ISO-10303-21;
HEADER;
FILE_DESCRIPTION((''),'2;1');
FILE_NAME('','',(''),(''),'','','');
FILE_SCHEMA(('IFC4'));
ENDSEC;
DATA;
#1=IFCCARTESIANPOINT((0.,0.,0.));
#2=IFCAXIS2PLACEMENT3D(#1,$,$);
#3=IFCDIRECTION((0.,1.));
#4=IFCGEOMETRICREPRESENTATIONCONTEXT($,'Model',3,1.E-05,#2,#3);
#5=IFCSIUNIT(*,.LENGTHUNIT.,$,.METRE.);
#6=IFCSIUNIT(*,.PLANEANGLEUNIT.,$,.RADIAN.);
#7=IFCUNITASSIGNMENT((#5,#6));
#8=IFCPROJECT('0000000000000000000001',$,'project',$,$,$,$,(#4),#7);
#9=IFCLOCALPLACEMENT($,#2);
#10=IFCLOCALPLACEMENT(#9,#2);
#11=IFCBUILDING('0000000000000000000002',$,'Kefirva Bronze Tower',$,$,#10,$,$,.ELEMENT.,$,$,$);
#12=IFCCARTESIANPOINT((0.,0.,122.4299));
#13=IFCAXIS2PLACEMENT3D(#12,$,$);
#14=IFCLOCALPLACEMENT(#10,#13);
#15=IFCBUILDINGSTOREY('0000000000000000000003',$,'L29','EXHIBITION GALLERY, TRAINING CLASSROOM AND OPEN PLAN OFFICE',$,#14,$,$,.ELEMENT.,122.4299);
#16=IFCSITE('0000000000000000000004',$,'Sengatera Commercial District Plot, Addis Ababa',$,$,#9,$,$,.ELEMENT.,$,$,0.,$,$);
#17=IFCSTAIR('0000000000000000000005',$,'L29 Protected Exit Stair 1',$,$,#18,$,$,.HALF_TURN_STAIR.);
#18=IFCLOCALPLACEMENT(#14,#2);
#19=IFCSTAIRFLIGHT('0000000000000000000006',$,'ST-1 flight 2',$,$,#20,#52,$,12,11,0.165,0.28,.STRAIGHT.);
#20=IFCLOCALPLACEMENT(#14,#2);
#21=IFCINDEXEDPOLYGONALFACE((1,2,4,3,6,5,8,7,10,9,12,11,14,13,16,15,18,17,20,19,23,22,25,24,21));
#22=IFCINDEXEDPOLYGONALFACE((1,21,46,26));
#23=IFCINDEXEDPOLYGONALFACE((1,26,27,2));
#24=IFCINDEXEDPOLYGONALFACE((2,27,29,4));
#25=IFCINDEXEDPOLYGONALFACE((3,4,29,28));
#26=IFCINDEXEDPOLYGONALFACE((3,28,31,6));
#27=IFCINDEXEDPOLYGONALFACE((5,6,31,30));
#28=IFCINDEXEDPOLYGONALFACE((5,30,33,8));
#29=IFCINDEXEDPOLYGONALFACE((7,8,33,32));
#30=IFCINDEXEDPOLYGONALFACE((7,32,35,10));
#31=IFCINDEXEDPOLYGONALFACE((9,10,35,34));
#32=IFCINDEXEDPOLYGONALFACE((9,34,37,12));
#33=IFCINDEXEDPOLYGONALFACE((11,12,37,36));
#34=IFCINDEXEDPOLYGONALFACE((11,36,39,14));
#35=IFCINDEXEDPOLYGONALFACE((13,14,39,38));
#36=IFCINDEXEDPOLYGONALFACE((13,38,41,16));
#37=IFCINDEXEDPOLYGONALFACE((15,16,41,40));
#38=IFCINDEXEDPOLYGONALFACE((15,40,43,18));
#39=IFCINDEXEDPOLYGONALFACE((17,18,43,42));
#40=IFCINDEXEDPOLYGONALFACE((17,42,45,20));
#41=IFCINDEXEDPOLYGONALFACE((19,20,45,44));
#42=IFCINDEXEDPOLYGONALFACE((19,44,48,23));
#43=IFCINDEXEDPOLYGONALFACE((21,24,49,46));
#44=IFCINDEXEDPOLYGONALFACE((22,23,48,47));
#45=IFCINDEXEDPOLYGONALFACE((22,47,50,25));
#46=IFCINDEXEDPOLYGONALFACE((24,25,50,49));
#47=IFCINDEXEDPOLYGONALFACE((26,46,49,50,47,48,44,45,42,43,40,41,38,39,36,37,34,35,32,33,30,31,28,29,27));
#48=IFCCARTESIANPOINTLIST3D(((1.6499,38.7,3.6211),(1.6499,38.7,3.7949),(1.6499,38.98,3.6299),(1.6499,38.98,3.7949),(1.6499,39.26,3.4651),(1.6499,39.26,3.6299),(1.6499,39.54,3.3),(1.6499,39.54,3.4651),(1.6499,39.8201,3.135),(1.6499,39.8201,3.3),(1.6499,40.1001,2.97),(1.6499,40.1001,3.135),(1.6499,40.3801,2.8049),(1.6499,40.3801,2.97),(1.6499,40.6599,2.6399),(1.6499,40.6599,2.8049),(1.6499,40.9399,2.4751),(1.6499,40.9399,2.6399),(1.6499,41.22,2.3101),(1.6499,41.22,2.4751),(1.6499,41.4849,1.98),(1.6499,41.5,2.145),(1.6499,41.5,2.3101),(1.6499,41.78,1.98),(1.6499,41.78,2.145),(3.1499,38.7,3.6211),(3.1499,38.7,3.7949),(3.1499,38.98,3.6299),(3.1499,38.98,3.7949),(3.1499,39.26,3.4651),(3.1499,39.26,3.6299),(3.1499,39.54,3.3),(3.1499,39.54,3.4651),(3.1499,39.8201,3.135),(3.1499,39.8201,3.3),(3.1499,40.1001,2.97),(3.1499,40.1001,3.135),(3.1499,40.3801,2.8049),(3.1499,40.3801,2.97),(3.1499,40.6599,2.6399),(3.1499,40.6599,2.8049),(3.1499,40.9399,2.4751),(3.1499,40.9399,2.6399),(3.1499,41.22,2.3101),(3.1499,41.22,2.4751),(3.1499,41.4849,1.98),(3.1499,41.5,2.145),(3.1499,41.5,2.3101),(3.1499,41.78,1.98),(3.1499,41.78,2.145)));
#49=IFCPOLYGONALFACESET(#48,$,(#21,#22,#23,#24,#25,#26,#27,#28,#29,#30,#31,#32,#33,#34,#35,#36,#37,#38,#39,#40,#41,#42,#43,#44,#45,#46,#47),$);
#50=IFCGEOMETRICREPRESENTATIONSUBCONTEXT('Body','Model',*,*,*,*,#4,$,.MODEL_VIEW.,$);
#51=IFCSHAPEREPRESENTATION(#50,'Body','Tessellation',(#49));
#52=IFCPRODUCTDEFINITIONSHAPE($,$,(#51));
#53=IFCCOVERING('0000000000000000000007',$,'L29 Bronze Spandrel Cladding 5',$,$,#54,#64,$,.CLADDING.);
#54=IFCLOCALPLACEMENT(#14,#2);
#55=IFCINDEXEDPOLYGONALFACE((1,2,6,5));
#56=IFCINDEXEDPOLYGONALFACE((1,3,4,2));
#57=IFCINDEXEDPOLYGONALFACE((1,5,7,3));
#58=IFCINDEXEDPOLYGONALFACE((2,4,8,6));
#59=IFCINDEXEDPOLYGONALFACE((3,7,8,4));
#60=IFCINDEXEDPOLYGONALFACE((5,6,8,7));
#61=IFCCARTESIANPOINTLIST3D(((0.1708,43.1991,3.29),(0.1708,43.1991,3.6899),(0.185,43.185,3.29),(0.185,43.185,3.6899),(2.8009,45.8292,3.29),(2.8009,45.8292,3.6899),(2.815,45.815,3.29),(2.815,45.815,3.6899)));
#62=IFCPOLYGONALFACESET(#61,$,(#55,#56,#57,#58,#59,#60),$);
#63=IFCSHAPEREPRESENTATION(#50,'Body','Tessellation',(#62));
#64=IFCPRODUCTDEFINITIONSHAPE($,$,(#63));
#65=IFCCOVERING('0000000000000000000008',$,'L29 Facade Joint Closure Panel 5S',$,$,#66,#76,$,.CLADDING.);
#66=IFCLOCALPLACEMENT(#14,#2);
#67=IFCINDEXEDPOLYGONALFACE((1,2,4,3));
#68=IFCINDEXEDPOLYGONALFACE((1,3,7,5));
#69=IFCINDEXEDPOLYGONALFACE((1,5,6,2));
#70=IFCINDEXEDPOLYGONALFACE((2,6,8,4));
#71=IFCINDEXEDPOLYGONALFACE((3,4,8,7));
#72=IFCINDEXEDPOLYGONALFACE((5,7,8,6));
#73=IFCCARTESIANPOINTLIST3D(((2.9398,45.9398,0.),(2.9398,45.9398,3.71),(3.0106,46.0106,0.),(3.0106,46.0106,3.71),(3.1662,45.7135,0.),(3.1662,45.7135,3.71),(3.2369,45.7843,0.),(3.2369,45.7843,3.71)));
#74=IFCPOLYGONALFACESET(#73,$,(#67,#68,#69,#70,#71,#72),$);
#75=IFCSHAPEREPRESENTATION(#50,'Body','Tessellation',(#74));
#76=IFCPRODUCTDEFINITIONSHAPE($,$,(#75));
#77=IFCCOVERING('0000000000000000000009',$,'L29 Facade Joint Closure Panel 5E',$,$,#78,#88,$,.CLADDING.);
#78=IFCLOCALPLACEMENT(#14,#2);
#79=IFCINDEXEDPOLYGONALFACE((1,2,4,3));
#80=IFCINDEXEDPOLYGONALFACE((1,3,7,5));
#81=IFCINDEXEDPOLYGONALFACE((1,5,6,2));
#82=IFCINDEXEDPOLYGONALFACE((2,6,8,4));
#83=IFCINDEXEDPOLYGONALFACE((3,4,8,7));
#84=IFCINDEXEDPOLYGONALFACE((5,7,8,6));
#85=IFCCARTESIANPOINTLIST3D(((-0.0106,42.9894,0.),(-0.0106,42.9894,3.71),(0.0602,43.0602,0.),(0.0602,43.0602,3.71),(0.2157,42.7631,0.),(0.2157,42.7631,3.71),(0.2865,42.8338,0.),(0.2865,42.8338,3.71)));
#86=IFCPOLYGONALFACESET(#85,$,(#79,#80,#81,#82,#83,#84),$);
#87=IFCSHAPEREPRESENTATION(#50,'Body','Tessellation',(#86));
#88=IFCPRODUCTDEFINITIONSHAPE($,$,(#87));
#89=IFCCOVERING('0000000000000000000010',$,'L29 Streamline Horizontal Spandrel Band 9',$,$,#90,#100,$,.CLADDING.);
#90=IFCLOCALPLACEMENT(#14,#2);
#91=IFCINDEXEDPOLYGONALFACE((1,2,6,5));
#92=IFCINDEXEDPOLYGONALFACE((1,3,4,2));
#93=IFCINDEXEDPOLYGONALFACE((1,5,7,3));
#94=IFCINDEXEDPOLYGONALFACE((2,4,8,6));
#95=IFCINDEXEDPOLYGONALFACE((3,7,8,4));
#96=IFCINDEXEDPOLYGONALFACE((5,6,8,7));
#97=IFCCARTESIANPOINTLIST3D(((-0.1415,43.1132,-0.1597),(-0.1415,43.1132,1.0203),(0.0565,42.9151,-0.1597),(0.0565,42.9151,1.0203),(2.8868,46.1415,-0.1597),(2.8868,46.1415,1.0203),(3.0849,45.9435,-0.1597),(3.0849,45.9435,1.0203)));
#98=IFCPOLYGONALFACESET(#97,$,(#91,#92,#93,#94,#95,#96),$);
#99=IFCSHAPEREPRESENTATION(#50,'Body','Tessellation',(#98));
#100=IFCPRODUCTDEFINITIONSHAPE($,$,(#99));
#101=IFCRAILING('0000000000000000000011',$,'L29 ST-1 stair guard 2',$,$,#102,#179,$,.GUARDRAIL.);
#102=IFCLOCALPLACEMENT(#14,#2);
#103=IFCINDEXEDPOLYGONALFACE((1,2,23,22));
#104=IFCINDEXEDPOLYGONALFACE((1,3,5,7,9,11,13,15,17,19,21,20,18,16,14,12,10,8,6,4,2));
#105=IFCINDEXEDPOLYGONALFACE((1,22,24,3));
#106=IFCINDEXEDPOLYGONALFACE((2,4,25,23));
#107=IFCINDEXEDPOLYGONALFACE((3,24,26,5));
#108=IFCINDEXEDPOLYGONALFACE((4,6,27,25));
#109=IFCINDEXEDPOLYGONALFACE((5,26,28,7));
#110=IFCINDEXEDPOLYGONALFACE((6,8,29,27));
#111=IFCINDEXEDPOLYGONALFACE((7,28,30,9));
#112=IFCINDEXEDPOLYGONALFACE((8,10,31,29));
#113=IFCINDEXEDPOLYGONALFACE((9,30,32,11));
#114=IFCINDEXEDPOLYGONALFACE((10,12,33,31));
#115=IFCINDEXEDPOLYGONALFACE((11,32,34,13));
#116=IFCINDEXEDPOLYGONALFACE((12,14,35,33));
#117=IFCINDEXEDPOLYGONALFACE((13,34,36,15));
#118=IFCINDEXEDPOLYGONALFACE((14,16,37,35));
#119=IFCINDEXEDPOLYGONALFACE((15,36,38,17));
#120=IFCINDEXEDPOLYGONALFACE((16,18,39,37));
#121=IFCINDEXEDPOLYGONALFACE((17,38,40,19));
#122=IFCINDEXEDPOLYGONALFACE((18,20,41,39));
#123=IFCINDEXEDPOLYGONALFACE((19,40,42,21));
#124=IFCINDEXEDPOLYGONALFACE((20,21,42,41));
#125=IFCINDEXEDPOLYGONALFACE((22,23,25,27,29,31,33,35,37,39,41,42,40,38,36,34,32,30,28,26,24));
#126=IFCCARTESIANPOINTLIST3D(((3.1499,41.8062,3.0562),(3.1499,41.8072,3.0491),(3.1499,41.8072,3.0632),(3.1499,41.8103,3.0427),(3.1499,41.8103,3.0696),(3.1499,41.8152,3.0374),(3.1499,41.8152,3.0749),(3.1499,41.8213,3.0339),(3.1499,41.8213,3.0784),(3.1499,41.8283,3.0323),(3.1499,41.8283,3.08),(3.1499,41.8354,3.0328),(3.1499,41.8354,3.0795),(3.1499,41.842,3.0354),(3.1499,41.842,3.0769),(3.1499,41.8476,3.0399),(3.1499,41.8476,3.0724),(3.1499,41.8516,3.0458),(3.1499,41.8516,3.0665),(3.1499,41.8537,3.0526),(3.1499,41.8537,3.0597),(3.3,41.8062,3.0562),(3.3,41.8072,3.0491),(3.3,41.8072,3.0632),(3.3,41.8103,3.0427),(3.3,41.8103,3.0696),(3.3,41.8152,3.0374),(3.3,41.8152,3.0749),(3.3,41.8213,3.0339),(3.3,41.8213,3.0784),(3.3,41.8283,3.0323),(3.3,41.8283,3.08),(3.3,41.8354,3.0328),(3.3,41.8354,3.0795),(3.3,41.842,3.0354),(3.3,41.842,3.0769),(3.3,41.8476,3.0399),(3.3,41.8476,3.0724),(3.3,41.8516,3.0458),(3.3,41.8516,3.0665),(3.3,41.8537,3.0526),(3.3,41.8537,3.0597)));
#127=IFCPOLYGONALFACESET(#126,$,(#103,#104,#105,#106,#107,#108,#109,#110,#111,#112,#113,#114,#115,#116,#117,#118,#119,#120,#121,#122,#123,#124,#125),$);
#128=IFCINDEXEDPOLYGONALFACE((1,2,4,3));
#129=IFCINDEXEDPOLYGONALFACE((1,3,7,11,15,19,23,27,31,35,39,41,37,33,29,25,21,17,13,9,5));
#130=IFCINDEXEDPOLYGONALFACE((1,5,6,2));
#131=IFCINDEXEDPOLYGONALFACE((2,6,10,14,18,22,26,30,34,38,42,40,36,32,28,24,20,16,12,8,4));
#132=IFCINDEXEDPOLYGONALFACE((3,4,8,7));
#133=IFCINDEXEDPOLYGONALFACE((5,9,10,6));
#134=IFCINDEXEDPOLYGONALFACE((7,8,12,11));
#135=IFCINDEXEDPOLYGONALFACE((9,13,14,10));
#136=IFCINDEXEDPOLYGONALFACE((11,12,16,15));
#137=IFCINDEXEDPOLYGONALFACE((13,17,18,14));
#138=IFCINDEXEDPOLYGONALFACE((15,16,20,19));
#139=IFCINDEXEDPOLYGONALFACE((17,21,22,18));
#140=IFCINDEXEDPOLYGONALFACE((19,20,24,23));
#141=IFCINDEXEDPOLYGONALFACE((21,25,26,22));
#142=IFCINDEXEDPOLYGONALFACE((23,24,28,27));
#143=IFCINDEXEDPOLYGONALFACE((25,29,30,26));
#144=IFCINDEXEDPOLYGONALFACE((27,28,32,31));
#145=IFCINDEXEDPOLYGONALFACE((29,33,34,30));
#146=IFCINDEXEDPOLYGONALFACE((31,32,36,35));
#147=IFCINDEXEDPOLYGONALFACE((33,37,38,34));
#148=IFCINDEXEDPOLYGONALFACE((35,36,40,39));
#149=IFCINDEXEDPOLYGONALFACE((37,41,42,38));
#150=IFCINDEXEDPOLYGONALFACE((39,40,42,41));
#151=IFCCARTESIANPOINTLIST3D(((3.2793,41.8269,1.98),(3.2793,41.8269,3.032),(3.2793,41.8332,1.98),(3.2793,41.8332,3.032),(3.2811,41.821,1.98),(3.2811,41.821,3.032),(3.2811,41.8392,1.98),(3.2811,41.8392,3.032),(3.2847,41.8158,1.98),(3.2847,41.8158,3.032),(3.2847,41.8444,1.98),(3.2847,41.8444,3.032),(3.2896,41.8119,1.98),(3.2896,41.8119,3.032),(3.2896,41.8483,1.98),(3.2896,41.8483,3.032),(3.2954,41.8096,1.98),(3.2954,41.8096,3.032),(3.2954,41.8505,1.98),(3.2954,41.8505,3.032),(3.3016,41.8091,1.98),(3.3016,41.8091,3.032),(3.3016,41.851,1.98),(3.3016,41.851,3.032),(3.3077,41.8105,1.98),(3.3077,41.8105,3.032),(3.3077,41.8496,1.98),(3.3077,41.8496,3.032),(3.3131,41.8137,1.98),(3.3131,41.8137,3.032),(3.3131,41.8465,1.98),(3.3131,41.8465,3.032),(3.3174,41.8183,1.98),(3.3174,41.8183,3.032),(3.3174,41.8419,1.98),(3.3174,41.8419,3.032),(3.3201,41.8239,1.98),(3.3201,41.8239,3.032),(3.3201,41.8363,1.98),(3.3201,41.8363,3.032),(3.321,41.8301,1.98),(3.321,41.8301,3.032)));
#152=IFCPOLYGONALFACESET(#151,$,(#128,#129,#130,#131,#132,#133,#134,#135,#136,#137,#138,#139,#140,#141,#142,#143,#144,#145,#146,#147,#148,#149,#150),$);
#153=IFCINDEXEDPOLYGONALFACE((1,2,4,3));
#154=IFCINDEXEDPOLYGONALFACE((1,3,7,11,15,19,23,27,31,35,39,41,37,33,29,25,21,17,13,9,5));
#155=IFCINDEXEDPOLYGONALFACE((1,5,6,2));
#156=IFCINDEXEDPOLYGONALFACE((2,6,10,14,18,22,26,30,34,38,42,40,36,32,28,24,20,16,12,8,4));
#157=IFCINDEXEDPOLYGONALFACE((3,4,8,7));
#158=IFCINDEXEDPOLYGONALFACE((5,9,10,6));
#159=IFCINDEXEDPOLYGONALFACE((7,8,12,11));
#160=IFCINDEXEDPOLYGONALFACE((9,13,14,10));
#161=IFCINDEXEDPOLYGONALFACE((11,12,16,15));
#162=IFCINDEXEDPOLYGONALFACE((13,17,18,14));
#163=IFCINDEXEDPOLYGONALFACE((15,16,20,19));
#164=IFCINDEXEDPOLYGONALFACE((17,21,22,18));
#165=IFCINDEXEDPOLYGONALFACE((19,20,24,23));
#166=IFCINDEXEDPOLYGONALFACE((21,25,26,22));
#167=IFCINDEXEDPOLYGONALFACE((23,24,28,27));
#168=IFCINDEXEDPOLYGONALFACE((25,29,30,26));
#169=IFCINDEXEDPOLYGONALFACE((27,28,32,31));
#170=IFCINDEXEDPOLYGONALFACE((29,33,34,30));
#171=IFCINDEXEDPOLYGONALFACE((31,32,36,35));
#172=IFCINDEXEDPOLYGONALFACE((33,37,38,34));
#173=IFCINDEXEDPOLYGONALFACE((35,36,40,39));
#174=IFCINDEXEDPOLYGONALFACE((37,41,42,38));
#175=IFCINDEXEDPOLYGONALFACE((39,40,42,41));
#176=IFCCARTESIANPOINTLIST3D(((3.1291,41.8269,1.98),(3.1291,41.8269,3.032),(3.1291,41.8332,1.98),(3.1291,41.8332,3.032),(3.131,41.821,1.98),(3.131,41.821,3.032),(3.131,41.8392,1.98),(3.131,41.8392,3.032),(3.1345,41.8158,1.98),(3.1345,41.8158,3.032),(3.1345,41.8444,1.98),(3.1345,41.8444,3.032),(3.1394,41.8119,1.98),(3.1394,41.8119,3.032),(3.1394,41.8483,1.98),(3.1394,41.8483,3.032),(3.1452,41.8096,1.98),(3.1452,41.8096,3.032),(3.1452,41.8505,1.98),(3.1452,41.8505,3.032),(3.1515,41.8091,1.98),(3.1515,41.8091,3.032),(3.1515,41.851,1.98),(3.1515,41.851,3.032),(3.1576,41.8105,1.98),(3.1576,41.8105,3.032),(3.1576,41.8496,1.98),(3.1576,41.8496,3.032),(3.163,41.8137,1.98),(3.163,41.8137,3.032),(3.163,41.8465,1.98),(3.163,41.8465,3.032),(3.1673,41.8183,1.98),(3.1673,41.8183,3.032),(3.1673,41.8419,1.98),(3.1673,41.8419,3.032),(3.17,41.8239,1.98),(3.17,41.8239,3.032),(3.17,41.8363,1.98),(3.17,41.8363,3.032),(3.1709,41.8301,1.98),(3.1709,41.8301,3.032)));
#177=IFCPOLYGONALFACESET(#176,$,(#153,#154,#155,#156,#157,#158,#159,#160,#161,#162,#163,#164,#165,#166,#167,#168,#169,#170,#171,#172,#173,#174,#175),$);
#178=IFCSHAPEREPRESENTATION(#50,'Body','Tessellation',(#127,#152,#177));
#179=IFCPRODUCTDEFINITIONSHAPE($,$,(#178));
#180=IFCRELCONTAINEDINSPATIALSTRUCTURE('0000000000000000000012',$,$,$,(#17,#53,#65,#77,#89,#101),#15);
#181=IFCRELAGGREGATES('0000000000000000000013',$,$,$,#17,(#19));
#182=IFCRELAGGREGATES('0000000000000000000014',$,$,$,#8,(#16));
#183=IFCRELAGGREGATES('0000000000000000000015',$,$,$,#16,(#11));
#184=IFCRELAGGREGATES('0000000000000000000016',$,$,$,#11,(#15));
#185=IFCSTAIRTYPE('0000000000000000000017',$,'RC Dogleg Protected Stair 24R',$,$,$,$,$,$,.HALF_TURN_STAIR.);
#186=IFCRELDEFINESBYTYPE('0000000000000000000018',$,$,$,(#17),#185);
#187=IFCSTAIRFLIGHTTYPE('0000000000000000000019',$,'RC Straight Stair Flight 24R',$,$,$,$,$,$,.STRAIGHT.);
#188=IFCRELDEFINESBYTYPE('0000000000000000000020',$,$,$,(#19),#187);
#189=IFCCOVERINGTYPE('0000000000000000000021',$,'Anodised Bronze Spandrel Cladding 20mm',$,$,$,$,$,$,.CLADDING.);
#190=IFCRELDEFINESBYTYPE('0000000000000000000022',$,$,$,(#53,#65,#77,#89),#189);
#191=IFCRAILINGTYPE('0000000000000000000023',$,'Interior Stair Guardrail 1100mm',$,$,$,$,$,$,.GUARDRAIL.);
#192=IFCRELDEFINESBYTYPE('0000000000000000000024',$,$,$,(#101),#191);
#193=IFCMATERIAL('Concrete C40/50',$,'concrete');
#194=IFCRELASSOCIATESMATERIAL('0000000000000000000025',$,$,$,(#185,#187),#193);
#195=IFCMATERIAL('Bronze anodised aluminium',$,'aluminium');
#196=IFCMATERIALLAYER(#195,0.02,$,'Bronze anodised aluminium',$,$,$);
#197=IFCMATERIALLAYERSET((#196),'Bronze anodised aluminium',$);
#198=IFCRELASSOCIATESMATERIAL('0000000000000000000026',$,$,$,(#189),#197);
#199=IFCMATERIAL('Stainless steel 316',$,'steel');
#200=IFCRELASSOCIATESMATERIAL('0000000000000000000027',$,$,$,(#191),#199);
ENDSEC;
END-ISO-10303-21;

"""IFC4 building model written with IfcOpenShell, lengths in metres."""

from ifc_helpers import new_model, si_unit, direction, frame, origin, origin_2d, place, context, subcontext, project, spatial, polyline, rectangle, circle, outline, extrude, material, layer, layer_set, type_object, element, aggregate, save


model = new_model("IFC4")

# Units and contexts
model_context = context("Model", 3, precision=1e-05, world=origin(), true_north=direction((0.0, 1.0)))
body_context = subcontext(model_context, "Body", "Model", "MODEL_VIEW")
ifc_project = project(units=[si_unit("LENGTHUNIT", "METRE"), si_unit("PLANEANGLEUNIT", "RADIAN")], contexts=[model_context])

# Site, building, storey
site_placement = place(None, origin())
site = spatial("IfcSite", under=ifc_project, at=site_placement, Name="Sengatera Commercial District Plot, Addis Ababa", CompositionType="ELEMENT", RefElevation=0.0)
building_placement = place(site_placement, origin())
building = spatial("IfcBuilding", under=site, at=building_placement, Name="Kefirva Bronze Tower", CompositionType="ELEMENT")
storey_placement = place(building_placement, frame((0.0, 0.0, 122.4299)))
storey = spatial("IfcBuildingStorey", under=building, at=storey_placement, Name="L29", Description="EXHIBITION GALLERY, TRAINING CLASSROOM AND OPEN PLAN OFFICE", CompositionType="ELEMENT", Elevation=122.4299)

# Shared definitions
ifc_material_1 = material(Name="Bronze anodised aluminium", Category="aluminium")

# Stair, stair flight
ifc_material_2 = material(Name="Concrete C40/50", Category="concrete")
stair_type = type_object("IfcStairType", Name="RC Dogleg Protected Stair 24R", PredefinedType="HALF_TURN_STAIR", material=ifc_material_2)
stair_placement = place(storey_placement, origin())
stair = element("IfcStair", 1, at=stair_placement, inside=storey, type_object=stair_type, Name="L29 Protected Exit Stair 1", PredefinedType="HALF_TURN_STAIR")
stair_flight_type = type_object("IfcStairFlightType", Name="RC Straight Stair Flight 24R", PredefinedType="STRAIGHT", material=ifc_material_2)
stair_flight_placement = place(storey_placement, frame((2.3999, 41.78, 1.98), z_axis=(0.0, 0.0, 1.0), x_axis=(0.0, -1.0, 0.0)))
stair_flight = element("IfcStairFlight", 2, at=stair_flight_placement, type_object=stair_flight_type, Name="ST-1 flight 2", NumberOfRisers=12, NumberOfTreads=11, PredefinedType="STRAIGHT", RiserHeight=0.165, TreadLength=0.28, context=body_context, shape_type="SweptSolid", body=[
    extrude(outline(polyline([(0.0, 0.0), (0.0, 0.165), (0.28, 0.165), (0.28, 0.3301), (0.5601, 0.3301), (0.5601, 0.4951), (0.8401, 0.4951), (0.8401, 0.6599), (1.1201, 0.6599), (1.1201, 0.825), (1.3999, 0.825), (1.3999, 0.99), (1.6799, 0.99), (1.6799, 1.155), (1.96, 1.155), (1.96, 1.3201), (2.24, 1.3201), (2.24, 1.4851), (2.52, 1.4851), (2.52, 1.6499), (2.8, 1.6499), (2.8, 1.8149), (3.0801, 1.8149), (3.0801, 1.98), (3.0801, 1.6411), (0.2952, 0.0), (0.0, 0.0)])), frame((0.0, 0.75, 0.0), z_axis=(0.0, -1.0, 0.0), x_axis=(1.0, 0.0, 0.0)), (0.0, 0.0, 1.0), 1.5),
])
aggregate(stair, [stair_flight])

# Coverings
ifc_layer_1 = layer(ifc_material_1, 0.02, Name="Bronze anodised aluminium")
ifc_layer_set_1 = layer_set([ifc_layer_1], Name="Bronze anodised aluminium")
covering_type_1 = type_object("IfcCoveringType", Name="Anodised Bronze Spandrel Cladding 20mm", PredefinedType="CLADDING", material=ifc_layer_set_1)
covering_1_placement = place(storey_placement, frame((1.4929, 44.5071, 3.29), z_axis=(0.0, 0.0, 1.0), x_axis=(-0.707107, -0.707107, 0.0)))
element("IfcCovering", 3, at=covering_1_placement, inside=storey, type_object=covering_type_1, Name="L29 Bronze Spandrel Cladding 5", PredefinedType="CLADDING", context=body_context, shape_type="SweptSolid", body=[
    extrude(rectangle(XDim=3.7195, YDim=0.02, at=origin_2d()), origin(), (0.0, 0.0, 1.0), 0.3999),
])
for number, where, z_axis, x_axis, name in (
    (4, (3.0884, 45.8621, 0.0), (0.0, 0.0, 1.0), (-0.707107, -0.707107, 0.0), "L29 Facade Joint Closure Panel 5S"),
    (5, (0.1379, 42.9116, 0.0), (0.0, 0.0, 1.0), (-0.707107, -0.707107, 0.0), "L29 Facade Joint Closure Panel 5E"),
):
    element("IfcCovering", number, at=place(storey_placement, frame(where, z_axis=z_axis, x_axis=x_axis)), inside=storey, type_object=covering_type_1, Name=name, PredefinedType="CLADDING", context=body_context, shape_type="SweptSolid", body=[
        extrude(rectangle(XDim=0.1001, YDim=0.3201, at=origin_2d()), origin(), (0.0, 0.0, 1.0), 3.71),
    ])
covering_2_placement = place(storey_placement, frame((1.4717, 44.5283, -0.1597), z_axis=(0.0, 0.0, 1.0), x_axis=(-0.707107, -0.707107, 0.0)))
element("IfcCovering", 6, at=covering_2_placement, inside=storey, type_object=covering_type_1, Name="L29 Streamline Horizontal Spandrel Band 9", PredefinedType="CLADDING", context=body_context, shape_type="SweptSolid", body=[
    extrude(rectangle(XDim=4.2827, YDim=0.28, at=origin_2d()), origin(), (0.0, 0.0, 1.0), 1.1799),
])

# Railing
ifc_material_3 = material(Name="Stainless steel 316", Category="steel")
railing_type_1 = type_object("IfcRailingType", Name="Interior Stair Guardrail 1100mm", PredefinedType="GUARDRAIL", material=ifc_material_3)
railing_1_placement = place(storey_placement, frame((3.3, 41.8301, 1.98)))
element("IfcRailing", 7, at=railing_1_placement, inside=storey, type_object=railing_type_1, Name="L29 ST-1 stair guard 2", PredefinedType="GUARDRAIL", context=body_context, shape_type="SweptSolid", body=[
    extrude(circle(Radius=0.0239, at=origin_2d()), frame((0.0, 0.0, 1.0762), z_axis=(-1.0, 0.0, 0.0), x_axis=(0.0, -1.0, 0.0)), (0.0, 0.0, 1.0), 0.1501),
    extrude(circle(Radius=0.021, at=origin_2d()), origin(), (0.0, 0.0, 1.0), 1.052),
    extrude(circle(Radius=0.021, at=origin_2d()), frame((-0.1501, 0.0, 0.0)), (0.0, 0.0, 1.0), 1.052),
])

save(model, "model.ifc")
